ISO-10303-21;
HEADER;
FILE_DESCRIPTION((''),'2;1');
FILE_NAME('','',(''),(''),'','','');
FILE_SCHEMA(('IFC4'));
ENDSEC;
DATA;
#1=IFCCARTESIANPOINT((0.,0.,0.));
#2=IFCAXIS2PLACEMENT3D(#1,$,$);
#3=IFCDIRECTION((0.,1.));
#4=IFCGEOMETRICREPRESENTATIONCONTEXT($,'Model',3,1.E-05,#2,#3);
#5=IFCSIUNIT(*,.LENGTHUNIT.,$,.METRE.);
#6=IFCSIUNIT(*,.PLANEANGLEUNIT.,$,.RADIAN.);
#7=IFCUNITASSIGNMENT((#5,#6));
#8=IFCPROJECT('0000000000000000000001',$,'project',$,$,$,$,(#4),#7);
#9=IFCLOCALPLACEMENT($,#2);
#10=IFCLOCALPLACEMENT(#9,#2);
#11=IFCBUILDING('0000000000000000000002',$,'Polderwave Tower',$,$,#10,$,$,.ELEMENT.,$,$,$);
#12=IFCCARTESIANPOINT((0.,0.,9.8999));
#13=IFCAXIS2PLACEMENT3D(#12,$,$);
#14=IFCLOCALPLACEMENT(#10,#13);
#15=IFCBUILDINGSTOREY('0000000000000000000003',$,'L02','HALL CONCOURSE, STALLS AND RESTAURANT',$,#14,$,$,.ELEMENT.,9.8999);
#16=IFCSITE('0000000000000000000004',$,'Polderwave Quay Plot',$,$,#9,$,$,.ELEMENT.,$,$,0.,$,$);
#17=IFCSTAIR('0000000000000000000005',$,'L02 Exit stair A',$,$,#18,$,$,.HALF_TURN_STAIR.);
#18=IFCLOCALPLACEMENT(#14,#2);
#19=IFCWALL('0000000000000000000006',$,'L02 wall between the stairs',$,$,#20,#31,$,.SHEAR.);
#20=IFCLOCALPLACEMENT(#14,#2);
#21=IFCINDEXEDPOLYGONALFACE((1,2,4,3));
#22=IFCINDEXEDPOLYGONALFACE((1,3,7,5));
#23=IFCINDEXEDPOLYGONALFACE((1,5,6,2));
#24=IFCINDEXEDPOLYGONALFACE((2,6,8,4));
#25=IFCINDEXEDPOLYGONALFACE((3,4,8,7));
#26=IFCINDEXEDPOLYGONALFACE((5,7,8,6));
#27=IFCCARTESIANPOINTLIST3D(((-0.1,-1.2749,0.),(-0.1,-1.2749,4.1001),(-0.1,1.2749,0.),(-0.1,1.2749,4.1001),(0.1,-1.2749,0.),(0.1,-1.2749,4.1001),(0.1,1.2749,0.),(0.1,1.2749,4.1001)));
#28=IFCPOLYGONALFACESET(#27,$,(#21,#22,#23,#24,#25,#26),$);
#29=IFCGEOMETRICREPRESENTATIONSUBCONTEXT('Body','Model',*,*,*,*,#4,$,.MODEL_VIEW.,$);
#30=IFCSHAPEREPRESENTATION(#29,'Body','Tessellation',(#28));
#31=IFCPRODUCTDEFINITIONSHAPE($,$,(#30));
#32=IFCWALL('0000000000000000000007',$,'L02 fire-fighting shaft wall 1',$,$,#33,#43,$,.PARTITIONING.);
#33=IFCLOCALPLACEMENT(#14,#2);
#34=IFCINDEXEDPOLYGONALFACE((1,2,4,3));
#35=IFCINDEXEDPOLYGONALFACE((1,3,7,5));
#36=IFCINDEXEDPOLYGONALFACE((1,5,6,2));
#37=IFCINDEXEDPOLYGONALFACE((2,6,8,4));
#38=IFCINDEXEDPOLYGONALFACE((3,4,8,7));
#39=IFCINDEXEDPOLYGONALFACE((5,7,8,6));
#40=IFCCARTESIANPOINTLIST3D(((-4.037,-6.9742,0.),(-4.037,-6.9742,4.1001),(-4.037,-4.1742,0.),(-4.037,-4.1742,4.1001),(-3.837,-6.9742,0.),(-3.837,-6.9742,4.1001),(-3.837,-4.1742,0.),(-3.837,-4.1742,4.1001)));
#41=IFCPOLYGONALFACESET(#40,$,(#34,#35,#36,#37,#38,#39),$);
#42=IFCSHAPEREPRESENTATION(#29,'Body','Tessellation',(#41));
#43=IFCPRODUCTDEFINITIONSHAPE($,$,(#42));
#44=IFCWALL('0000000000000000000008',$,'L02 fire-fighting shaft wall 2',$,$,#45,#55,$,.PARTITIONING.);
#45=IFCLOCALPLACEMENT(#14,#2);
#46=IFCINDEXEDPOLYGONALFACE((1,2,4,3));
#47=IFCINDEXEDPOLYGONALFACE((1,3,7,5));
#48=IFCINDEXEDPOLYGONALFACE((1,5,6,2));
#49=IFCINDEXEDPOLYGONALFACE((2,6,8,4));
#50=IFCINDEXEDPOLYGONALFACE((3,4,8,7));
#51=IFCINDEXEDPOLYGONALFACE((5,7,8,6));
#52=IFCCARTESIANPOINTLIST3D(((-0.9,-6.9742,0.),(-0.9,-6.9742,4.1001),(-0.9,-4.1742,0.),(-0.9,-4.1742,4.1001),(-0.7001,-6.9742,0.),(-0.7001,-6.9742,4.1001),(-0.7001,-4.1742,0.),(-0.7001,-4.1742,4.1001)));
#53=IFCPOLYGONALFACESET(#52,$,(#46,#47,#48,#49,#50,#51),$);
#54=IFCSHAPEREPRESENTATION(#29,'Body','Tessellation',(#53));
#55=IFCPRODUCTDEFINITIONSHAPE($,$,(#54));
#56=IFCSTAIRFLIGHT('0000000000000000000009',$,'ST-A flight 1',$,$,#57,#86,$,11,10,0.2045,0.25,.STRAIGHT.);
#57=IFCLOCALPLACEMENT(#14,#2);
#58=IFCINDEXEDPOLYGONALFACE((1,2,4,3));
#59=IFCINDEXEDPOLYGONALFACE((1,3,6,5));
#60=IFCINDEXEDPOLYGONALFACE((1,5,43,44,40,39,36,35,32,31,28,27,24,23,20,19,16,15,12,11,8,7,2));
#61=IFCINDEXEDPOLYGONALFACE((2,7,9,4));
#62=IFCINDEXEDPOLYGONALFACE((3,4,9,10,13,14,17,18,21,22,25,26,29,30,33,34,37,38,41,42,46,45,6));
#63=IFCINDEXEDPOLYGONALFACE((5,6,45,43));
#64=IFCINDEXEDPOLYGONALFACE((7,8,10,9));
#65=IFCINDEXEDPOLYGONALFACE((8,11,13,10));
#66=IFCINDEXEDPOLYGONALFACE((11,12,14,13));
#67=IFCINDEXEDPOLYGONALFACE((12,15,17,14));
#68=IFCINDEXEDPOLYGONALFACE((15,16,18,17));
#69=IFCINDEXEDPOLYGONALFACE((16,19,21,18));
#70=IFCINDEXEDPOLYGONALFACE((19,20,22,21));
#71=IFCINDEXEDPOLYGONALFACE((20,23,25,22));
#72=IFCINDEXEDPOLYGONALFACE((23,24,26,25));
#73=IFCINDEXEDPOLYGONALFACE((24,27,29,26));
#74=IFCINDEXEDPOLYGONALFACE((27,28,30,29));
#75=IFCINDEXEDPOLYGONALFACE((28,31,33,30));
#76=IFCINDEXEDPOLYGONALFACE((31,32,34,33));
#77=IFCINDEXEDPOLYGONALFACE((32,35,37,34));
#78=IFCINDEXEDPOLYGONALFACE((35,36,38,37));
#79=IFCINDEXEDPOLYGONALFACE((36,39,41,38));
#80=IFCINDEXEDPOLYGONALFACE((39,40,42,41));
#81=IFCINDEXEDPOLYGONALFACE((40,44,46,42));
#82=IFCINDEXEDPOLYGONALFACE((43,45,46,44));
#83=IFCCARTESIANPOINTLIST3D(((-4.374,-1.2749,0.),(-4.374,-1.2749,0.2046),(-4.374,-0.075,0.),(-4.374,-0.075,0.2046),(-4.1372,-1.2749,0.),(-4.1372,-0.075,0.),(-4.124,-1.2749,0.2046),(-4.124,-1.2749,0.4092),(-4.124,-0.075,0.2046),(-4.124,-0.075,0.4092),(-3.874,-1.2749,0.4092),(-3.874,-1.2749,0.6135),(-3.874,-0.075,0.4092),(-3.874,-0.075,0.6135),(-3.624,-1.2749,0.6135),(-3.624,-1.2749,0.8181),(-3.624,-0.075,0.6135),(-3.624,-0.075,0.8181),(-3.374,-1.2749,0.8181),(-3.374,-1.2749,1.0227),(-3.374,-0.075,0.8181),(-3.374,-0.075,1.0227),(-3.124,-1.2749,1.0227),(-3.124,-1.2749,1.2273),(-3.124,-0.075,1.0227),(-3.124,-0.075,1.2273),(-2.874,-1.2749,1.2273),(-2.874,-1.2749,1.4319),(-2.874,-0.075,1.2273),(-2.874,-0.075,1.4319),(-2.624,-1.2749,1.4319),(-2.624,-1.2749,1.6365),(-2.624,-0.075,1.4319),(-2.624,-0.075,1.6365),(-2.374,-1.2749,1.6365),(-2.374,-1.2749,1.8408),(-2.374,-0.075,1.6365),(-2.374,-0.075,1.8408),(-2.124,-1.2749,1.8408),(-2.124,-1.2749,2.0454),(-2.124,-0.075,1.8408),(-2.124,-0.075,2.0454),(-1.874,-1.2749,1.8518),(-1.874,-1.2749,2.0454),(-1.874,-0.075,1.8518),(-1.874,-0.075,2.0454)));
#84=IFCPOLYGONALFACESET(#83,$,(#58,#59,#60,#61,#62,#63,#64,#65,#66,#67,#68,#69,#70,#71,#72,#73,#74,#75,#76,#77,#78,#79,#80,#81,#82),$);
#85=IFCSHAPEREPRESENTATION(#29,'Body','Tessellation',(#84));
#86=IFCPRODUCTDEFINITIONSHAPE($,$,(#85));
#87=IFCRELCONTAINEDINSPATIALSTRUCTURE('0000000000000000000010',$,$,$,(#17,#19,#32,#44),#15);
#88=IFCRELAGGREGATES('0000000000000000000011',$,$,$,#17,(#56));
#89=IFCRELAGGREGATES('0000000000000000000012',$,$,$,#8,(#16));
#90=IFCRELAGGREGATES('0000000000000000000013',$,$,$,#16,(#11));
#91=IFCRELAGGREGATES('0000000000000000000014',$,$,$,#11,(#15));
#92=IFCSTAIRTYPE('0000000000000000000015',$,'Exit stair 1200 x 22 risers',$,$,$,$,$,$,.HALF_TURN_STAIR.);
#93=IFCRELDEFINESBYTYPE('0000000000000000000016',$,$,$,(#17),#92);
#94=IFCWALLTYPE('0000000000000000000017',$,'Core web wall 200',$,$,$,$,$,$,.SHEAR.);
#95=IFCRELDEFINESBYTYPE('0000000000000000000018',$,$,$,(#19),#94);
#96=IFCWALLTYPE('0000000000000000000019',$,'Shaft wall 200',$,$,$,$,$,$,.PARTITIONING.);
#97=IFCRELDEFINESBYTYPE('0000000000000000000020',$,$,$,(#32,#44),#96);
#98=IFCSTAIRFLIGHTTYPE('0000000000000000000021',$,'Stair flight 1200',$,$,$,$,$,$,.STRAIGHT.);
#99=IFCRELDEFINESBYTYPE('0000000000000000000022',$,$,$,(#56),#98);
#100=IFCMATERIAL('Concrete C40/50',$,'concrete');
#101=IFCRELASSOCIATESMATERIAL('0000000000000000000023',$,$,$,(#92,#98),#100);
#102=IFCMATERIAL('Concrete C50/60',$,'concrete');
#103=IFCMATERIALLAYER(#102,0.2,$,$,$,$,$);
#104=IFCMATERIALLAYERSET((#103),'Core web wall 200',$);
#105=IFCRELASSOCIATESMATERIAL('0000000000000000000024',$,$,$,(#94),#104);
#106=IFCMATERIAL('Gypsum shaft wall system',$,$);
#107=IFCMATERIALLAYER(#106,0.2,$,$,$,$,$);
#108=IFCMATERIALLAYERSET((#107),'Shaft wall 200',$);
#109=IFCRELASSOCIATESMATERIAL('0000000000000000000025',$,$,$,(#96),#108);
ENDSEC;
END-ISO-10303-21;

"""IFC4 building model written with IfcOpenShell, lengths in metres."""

from ifc_helpers import new_model, si_unit, direction, frame, frame_2d, origin, place, context, subcontext, project, spatial, polyline, rectangle, outline, extrude, material, layer, layer_set, type_object, element, aggregate, save


model = new_model("IFC4")

# Units and contexts
model_context = context("Model", 3, precision=1e-05, world=origin(), true_north=direction((0.0, 1.0)))
body_context = subcontext(model_context, "Body", "Model", "MODEL_VIEW")
ifc_project = project(units=[si_unit("LENGTHUNIT", "METRE"), si_unit("PLANEANGLEUNIT", "RADIAN")], contexts=[model_context])

# Site, building, storey
site_placement = place(None, origin())
site = spatial("IfcSite", under=ifc_project, at=site_placement, Name="Polderwave Quay Plot", CompositionType="ELEMENT", RefElevation=0.0)
building_placement = place(site_placement, origin())
building = spatial("IfcBuilding", under=site, at=building_placement, Name="Polderwave Tower", CompositionType="ELEMENT")
storey_placement = place(building_placement, frame((0.0, 0.0, 9.8999)))
storey = spatial("IfcBuildingStorey", under=building, at=storey_placement, Name="L02", Description="HALL CONCOURSE, STALLS AND RESTAURANT", CompositionType="ELEMENT", Elevation=9.8999)

# Shared definitions
ifc_material_1 = material(Name="Concrete C40/50", Category="concrete")

# Stair
stair_type = type_object("IfcStairType", Name="Exit stair 1200 x 22 risers", PredefinedType="HALF_TURN_STAIR", material=ifc_material_1)
stair_1_placement = place(storey_placement, origin())
stair_1 = element("IfcStair", 1, at=stair_1_placement, inside=storey, type_object=stair_type, Name="L02 Exit stair A", PredefinedType="HALF_TURN_STAIR")

# Walls
ifc_material_2 = material(Name="Concrete C50/60", Category="concrete")
ifc_layer_1 = layer(ifc_material_2, 0.2)
ifc_layer_set_1 = layer_set([ifc_layer_1], Name="Core web wall 200")
wall_type_1 = type_object("IfcWallType", Name="Core web wall 200", PredefinedType="SHEAR", material=ifc_layer_set_1)
wall_1_placement = place(storey_placement, frame((0.0, -1.2749, 0.0), z_axis=(0.0, 0.0, 1.0), x_axis=(0.0, 1.0, 0.0)))
element("IfcWall", 2, at=wall_1_placement, inside=storey, type_object=wall_type_1, Name="L02 wall between the stairs", PredefinedType="SHEAR", context=body_context, shape_type="SweptSolid", body=[
    extrude(rectangle(XDim=2.5498, YDim=0.2, at=frame_2d((1.2749, 0.0))), origin(), (0.0, 0.0, 1.0), 4.1001),
])
ifc_material_3 = material(Name="Gypsum shaft wall system")
ifc_layer_2 = layer(ifc_material_3, 0.2)
ifc_layer_set_2 = layer_set([ifc_layer_2], Name="Shaft wall 200")
wall_type_2 = type_object("IfcWallType", Name="Shaft wall 200", PredefinedType="PARTITIONING", material=ifc_layer_set_2)
for number, where, z_axis, x_axis, name in (
    (3, (-3.937, -6.9741, 0.0), (0.0, 0.0, 1.0), (0.0, 1.0, 0.0), "L02 fire-fighting shaft wall 1"),
    (4, (-0.8, -6.9741, 0.0), (0.0, 0.0, 1.0), (0.0, 1.0, 0.0), "L02 fire-fighting shaft wall 2"),
):
    element("IfcWall", number, at=place(storey_placement, frame(where, z_axis=z_axis, x_axis=x_axis)), inside=storey, type_object=wall_type_2, Name=name, PredefinedType="PARTITIONING", context=body_context, shape_type="SweptSolid", body=[
        extrude(rectangle(XDim=2.8, YDim=0.2, at=frame_2d((1.3999, 0.0))), origin(), (0.0, 0.0, 1.0), 4.1001),
    ])

# Stair flight
stair_flight_type = type_object("IfcStairFlightType", Name="Stair flight 1200", PredefinedType="STRAIGHT", material=ifc_material_1)
stair_flight_placement = place(storey_placement, frame((-4.374, -0.675, 0.0), z_axis=(0.0, 0.0, 1.0), x_axis=(1.0, 0.0, 0.0)))
stair_flight = element("IfcStairFlight", 5, at=stair_flight_placement, type_object=stair_flight_type, Name="ST-A flight 1", NumberOfRisers=11, NumberOfTreads=10, PredefinedType="STRAIGHT", RiserHeight=0.2045, TreadLength=0.25, context=body_context, shape_type="SweptSolid", body=[
    extrude(outline(polyline([(0.0, 0.0), (0.0, 0.2046), (0.25, 0.2046), (0.25, 0.4092), (0.5, 0.4092), (0.5, 0.6135), (0.75, 0.6135), (0.75, 0.8181), (1.0, 0.8181), (1.0, 1.0227), (1.25, 1.0227), (1.25, 1.2273), (1.5, 1.2273), (1.5, 1.4319), (1.75, 1.4319), (1.75, 1.6365), (2.0, 1.6365), (2.0, 1.8408), (2.25, 1.8408), (2.25, 2.0454), (2.5, 2.0454), (2.5, 2.25), (2.5, 1.8518), (0.2368, 0.0), (0.0, 0.0)])), frame((0.0, 0.6001, 0.0), z_axis=(0.0, -1.0, 0.0), x_axis=(1.0, 0.0, 0.0)), (0.0, 0.0, 1.0), 1.2),
])
aggregate(stair_1, [stair_flight])

save(model, "model.ifc")
